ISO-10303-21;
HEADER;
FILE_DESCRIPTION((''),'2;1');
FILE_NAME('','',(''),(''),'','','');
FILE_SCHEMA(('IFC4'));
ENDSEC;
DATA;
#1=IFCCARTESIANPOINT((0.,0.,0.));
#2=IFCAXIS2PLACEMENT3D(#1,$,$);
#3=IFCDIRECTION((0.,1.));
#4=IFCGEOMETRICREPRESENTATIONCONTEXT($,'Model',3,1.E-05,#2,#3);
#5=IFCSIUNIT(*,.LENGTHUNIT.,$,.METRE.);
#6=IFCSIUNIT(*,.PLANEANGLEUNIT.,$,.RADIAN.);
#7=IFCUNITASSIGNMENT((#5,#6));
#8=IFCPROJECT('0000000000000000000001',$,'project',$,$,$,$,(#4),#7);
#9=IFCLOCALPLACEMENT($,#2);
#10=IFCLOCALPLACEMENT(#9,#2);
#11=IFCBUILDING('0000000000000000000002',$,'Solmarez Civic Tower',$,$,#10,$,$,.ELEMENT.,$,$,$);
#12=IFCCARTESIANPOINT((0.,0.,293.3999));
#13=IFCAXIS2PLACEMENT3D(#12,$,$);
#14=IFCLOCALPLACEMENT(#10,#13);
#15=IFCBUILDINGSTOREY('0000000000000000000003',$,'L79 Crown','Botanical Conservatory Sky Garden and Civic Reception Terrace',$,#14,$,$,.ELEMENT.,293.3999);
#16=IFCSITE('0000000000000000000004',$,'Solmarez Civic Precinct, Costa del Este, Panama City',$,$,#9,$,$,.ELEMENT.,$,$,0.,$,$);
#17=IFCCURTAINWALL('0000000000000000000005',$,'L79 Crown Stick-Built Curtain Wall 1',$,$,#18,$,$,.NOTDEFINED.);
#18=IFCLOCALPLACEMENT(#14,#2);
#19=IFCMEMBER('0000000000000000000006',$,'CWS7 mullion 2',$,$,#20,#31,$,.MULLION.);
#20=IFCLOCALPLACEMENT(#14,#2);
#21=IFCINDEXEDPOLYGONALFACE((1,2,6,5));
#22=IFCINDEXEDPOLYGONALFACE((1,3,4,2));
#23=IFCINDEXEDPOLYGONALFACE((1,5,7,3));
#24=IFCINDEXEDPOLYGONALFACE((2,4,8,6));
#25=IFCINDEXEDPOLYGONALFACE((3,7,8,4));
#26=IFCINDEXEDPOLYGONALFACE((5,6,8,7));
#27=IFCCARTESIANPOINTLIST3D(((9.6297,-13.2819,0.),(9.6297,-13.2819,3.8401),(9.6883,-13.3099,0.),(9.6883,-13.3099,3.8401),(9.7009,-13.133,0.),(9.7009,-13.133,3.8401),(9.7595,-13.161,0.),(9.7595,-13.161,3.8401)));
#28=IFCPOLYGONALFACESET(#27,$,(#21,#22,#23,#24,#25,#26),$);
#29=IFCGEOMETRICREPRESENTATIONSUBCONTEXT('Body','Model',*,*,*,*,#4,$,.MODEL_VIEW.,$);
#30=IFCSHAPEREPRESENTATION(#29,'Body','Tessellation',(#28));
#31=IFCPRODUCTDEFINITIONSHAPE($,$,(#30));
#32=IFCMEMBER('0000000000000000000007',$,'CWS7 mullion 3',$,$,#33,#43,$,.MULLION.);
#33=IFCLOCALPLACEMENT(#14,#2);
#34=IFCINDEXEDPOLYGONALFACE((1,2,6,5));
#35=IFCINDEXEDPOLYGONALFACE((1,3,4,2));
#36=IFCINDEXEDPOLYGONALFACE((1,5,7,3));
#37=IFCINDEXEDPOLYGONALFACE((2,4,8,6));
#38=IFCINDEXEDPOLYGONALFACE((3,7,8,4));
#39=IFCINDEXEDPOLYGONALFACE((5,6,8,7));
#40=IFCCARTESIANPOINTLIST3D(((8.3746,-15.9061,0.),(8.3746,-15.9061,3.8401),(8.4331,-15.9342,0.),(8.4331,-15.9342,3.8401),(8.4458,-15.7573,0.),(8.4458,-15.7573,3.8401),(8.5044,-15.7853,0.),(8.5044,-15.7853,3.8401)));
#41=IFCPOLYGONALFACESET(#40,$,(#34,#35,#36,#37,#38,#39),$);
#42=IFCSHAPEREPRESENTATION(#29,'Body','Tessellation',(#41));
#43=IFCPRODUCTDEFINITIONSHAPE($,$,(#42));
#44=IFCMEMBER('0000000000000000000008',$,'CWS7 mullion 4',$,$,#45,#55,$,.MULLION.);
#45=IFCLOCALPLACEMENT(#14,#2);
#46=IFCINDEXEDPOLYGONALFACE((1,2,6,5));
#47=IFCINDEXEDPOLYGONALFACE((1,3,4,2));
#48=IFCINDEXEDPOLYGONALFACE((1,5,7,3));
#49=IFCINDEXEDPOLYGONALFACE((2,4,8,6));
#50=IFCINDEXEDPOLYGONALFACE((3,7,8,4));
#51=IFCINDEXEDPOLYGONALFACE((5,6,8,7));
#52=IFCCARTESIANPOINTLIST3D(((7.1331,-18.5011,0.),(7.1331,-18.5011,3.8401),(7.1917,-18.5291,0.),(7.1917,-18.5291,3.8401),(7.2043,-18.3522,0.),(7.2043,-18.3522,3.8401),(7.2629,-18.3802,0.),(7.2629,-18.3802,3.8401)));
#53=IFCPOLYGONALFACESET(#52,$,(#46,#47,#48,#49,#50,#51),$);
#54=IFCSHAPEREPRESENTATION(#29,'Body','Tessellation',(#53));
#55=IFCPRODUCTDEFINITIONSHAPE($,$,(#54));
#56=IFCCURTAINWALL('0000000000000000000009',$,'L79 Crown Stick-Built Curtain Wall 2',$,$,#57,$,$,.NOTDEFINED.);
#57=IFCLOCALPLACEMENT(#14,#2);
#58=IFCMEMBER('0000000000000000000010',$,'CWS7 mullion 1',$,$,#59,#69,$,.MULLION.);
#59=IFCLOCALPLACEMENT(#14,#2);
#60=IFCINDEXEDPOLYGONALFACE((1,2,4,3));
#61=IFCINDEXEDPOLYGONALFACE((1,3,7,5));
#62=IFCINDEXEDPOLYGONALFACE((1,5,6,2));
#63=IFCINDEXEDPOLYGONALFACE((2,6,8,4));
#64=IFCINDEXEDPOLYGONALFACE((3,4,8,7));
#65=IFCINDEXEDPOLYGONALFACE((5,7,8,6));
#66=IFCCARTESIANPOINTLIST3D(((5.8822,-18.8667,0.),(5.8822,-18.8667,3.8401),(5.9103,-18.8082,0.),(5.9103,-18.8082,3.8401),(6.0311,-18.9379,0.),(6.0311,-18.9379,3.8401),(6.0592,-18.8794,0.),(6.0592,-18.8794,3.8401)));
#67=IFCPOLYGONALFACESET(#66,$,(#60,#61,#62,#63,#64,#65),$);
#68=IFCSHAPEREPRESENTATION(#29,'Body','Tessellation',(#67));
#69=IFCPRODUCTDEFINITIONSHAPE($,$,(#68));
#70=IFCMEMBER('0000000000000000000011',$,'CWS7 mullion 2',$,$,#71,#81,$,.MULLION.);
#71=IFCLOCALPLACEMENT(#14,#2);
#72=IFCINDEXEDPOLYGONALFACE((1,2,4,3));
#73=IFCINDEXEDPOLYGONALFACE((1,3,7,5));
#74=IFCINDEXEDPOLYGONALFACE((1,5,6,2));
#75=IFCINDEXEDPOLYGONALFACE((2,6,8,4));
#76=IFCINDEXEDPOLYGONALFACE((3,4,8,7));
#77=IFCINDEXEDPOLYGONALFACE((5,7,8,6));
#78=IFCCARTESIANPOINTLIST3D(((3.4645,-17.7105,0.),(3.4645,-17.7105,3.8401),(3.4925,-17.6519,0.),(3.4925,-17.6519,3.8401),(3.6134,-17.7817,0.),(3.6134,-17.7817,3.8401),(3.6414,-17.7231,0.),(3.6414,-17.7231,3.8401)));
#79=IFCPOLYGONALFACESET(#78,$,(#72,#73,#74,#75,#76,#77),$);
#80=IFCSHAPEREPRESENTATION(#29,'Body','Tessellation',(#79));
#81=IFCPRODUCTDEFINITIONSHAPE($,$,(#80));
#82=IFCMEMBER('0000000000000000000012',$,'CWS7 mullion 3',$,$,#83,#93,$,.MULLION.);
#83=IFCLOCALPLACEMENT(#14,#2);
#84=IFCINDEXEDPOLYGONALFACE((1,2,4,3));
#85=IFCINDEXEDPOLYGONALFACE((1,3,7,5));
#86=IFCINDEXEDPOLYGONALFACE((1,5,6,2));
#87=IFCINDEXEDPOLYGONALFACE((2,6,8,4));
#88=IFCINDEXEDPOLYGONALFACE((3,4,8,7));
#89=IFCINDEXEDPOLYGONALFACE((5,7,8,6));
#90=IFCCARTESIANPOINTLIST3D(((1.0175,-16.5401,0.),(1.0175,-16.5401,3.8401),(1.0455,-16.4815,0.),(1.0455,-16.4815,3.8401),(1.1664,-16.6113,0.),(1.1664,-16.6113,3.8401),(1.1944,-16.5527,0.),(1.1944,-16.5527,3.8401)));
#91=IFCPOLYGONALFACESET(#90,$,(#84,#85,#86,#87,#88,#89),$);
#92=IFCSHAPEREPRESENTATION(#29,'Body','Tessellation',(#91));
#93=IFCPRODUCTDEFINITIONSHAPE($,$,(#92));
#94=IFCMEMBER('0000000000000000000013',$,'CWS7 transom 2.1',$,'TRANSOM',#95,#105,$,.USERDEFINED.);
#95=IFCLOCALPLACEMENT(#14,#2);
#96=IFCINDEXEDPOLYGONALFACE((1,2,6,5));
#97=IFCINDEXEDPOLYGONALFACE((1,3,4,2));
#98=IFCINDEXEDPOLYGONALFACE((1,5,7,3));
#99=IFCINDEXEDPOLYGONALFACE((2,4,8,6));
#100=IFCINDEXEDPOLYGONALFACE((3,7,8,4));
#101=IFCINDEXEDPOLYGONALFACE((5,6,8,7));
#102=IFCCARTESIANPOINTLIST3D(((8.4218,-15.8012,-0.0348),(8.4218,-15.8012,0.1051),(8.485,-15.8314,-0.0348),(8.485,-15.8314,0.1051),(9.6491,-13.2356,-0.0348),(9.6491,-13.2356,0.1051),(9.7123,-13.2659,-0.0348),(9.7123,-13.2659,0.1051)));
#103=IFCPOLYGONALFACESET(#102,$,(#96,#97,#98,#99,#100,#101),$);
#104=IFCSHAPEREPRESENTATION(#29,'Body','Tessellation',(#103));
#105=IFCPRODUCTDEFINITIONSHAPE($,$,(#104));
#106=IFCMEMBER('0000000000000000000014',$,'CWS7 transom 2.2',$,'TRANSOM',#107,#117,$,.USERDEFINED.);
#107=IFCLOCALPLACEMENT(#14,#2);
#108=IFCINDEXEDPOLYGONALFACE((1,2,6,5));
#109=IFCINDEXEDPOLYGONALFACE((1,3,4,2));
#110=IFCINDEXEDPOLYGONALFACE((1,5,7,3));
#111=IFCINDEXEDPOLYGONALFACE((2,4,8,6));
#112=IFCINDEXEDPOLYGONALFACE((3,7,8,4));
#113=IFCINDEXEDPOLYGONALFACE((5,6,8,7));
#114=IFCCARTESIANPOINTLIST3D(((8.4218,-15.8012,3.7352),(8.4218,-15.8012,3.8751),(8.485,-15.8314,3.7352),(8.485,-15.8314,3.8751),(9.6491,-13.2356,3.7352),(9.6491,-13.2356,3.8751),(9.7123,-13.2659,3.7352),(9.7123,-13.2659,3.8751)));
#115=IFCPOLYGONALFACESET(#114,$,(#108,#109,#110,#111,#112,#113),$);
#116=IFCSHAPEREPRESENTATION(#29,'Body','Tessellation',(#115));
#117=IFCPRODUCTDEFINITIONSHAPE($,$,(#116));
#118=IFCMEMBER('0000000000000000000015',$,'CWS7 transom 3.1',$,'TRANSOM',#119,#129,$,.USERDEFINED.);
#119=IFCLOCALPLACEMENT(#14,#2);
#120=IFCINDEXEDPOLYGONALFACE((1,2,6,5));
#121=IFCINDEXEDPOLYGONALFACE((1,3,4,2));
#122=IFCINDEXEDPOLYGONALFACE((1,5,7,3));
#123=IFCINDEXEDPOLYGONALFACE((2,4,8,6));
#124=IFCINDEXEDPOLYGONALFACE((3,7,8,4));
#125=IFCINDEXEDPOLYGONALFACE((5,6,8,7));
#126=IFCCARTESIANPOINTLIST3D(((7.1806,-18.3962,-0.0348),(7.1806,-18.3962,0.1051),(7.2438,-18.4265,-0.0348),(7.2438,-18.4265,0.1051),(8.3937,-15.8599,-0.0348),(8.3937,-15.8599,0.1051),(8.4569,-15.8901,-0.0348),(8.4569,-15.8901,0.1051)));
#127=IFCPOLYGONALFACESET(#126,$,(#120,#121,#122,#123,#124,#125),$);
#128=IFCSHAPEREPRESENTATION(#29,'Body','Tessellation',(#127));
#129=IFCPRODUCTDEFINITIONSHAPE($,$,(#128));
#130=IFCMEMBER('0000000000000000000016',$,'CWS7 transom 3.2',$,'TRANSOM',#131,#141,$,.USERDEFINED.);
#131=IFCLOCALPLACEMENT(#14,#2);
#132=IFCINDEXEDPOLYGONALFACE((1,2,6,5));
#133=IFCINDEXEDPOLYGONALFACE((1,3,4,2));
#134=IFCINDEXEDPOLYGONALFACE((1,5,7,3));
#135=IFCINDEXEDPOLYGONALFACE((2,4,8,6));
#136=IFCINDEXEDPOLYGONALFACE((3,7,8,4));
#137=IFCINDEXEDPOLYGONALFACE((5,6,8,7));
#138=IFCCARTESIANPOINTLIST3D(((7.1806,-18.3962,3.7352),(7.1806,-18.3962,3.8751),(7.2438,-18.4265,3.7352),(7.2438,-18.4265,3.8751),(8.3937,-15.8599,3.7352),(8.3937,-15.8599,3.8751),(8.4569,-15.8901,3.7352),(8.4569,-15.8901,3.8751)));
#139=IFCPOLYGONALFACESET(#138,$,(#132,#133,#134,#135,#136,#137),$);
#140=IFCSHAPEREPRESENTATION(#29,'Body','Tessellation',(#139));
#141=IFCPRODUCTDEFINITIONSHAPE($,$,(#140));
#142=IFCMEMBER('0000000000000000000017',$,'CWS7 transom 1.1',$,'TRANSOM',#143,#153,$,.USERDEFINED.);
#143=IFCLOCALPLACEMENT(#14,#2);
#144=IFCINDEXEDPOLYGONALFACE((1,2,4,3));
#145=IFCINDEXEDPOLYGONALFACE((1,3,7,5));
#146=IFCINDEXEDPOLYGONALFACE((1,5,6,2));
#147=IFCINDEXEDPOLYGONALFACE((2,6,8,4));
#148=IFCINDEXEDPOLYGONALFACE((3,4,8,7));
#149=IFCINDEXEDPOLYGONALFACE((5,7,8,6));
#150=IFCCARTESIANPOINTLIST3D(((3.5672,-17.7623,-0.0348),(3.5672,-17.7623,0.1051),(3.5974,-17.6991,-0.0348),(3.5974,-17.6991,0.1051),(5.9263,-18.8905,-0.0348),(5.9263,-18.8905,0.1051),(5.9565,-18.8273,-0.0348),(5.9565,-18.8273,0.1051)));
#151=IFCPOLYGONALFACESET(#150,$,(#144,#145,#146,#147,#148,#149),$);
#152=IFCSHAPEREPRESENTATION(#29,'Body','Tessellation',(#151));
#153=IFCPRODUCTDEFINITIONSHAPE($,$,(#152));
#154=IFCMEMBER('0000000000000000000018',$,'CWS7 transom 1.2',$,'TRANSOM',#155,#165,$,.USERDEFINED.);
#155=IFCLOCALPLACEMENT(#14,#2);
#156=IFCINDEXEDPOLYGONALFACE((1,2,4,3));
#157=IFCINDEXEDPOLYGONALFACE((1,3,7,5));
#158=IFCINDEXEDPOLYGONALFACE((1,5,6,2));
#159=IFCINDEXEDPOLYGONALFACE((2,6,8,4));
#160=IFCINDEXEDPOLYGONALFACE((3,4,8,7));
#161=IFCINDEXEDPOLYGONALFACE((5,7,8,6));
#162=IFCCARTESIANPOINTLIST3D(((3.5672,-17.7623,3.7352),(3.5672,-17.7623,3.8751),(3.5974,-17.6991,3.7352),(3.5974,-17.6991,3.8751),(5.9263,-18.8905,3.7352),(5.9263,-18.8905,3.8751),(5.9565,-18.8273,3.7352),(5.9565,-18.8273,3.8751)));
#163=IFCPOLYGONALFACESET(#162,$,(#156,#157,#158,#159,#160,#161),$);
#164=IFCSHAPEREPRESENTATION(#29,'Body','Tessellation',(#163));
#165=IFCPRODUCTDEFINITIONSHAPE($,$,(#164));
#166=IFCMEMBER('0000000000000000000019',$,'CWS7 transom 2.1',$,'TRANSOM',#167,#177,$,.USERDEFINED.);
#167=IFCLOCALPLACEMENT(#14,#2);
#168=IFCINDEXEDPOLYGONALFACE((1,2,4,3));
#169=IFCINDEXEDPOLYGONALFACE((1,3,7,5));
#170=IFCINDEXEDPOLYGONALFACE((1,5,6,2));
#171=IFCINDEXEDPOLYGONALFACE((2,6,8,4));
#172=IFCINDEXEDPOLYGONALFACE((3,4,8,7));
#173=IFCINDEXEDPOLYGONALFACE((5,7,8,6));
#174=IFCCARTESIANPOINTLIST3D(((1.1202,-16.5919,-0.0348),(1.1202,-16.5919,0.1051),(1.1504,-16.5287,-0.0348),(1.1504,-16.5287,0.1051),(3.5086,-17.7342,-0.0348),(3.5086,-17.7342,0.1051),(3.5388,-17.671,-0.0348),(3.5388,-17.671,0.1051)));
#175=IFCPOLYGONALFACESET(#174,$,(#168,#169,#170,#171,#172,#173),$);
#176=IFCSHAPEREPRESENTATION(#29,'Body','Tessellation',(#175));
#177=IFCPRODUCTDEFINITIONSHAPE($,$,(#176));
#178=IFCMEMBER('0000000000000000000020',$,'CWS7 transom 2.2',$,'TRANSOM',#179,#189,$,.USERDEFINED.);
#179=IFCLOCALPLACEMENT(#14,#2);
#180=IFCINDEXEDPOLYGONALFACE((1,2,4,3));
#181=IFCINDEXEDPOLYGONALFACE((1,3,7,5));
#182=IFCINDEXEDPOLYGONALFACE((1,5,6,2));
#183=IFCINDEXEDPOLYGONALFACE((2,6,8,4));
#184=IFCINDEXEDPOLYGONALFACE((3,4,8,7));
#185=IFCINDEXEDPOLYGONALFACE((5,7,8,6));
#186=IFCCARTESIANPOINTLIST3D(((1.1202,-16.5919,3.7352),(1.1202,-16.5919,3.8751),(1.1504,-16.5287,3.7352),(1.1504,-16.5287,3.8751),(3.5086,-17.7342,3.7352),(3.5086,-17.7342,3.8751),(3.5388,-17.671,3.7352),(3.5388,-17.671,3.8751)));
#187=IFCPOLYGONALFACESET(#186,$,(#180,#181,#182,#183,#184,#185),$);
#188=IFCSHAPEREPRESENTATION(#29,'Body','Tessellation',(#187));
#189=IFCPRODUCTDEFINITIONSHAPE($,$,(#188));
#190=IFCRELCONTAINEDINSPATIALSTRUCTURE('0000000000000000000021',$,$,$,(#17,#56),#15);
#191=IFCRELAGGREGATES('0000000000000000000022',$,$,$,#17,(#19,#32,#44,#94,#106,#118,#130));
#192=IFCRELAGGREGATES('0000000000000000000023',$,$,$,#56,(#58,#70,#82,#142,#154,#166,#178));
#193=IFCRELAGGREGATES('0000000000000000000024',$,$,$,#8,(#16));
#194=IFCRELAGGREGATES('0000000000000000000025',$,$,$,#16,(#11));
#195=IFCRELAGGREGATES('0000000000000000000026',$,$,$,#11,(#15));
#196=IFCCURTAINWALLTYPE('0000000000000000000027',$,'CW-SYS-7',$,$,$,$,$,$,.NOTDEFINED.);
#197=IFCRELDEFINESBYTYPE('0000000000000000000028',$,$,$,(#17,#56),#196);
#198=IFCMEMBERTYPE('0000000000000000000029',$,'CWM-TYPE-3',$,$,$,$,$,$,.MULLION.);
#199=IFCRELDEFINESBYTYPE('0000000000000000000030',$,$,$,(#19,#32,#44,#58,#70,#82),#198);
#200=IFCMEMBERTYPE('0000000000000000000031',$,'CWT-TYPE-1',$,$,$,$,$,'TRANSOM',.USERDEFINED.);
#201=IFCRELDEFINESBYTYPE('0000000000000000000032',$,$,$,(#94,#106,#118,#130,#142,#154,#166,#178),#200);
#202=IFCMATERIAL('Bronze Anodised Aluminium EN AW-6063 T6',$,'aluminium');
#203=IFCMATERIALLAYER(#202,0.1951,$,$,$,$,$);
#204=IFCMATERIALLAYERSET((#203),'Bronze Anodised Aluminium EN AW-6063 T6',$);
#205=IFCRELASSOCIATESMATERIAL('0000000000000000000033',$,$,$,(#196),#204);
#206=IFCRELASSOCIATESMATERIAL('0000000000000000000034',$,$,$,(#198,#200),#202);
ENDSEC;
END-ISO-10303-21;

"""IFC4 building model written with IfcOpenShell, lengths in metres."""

from ifc_helpers import new_model, si_unit, direction, frame, origin, origin_2d, place, context, subcontext, project, spatial, rectangle, extrude, material, layer, layer_set, material_profile, profile_set, type_object, element, aggregate, save


model = new_model("IFC4")

# Units and contexts
model_context = context("Model", 3, precision=1e-05, world=origin(), true_north=direction((0.0, 1.0)))
body_context = subcontext(model_context, "Body", "Model", "MODEL_VIEW")
ifc_project = project(units=[si_unit("LENGTHUNIT", "METRE"), si_unit("PLANEANGLEUNIT", "RADIAN")], contexts=[model_context])

# Site, building, storey
site_placement = place(None, origin())
site = spatial("IfcSite", under=ifc_project, at=site_placement, Name="Solmarez Civic Precinct, Costa del Este, Panama City", CompositionType="ELEMENT", RefElevation=0.0)
building_placement = place(site_placement, origin())
building = spatial("IfcBuilding", under=site, at=building_placement, Name="Solmarez Civic Tower", CompositionType="ELEMENT")
storey_placement = place(building_placement, frame((0.0, 0.0, 293.3999)))
storey = spatial("IfcBuildingStorey", under=building, at=storey_placement, Name="L79 Crown", Description="Botanical Conservatory Sky Garden and Civic Reception Terrace", CompositionType="ELEMENT", Elevation=293.3999)

# Curtain walls, members
ifc_material_1 = material(Name="Bronze Anodised Aluminium EN AW-6063 T6", Category="aluminium")
ifc_layer_1 = layer(ifc_material_1, 0.1951)
ifc_layer_set_1 = layer_set([ifc_layer_1], Name="Bronze Anodised Aluminium EN AW-6063 T6")
curtain_wall_type = type_object("IfcCurtainWallType", Name="CW-SYS-7", PredefinedType="NOTDEFINED", material=ifc_layer_set_1)
curtain_wall_1_placement = place(storey_placement, origin())
curtain_wall_1 = element("IfcCurtainWall", 1, at=curtain_wall_1_placement, inside=storey, type_object=curtain_wall_type, Name="L79 Crown Stick-Built Curtain Wall 1", PredefinedType="NOTDEFINED")
ifc_material_profile_1 = material_profile(ifc_material_1, rectangle(XDim=0.0649, YDim=0.165, at=origin_2d()), Name="CWM-65X165")
ifc_profile_set_1 = profile_set([ifc_material_profile_1], Name="Bronze Anodised Aluminium EN AW-6063 T6")
member_type_1 = type_object("IfcMemberType", Name="CWM-TYPE-3", PredefinedType="MULLION", material=ifc_profile_set_1)
member_1_placement = place(storey_placement, frame((9.6946, -13.2214, 0.0), z_axis=(0.0, 0.0, 1.0), x_axis=(0.902105, -0.431516, 0.0)))
member_1 = element("IfcMember", 2, at=member_1_placement, type_object=member_type_1, Name="CWS7 mullion 2", PredefinedType="MULLION", context=body_context, shape_type="SweptSolid", body=[
    extrude(rectangle(XDim=0.0649, YDim=0.165, at=origin_2d()), origin(), (0.0, 0.0, 1.0), 3.8401),
])
member_2_placement = place(storey_placement, frame((8.4395, -15.8457, 0.0), z_axis=(0.0, 0.0, 1.0), x_axis=(0.902105, -0.431516, 0.0)))
member_2 = element("IfcMember", 3, at=member_2_placement, type_object=member_type_1, Name="CWS7 mullion 3", PredefinedType="MULLION", context=body_context, shape_type="SweptSolid", body=[
    extrude(rectangle(XDim=0.0649, YDim=0.165, at=origin_2d()), origin(), (0.0, 0.0, 1.0), 3.8401),
])
member_3_placement = place(storey_placement, frame((7.198, -18.4407, 0.0), z_axis=(0.0, 0.0, 1.0), x_axis=(0.902105, -0.431516, 0.0)))
member_3 = element("IfcMember", 4, at=member_3_placement, type_object=member_type_1, Name="CWS7 mullion 4", PredefinedType="MULLION", context=body_context, shape_type="SweptSolid", body=[
    extrude(rectangle(XDim=0.0649, YDim=0.165, at=origin_2d()), origin(), (0.0, 0.0, 1.0), 3.8401),
])
curtain_wall_2_placement = place(storey_placement, origin())
curtain_wall_2 = element("IfcCurtainWall", 5, at=curtain_wall_2_placement, inside=storey, type_object=curtain_wall_type, Name="L79 Crown Stick-Built Curtain Wall 2", PredefinedType="NOTDEFINED")
member_4_placement = place(storey_placement, frame((5.9707, -18.873, 0.0), z_axis=(0.0, 0.0, 1.0), x_axis=(-0.431454, -0.902135, 0.0)))
member_4 = element("IfcMember", 6, at=member_4_placement, type_object=member_type_1, Name="CWS7 mullion 1", PredefinedType="MULLION", context=body_context, shape_type="SweptSolid", body=[
    extrude(rectangle(XDim=0.0649, YDim=0.165, at=origin_2d()), origin(), (0.0, 0.0, 1.0), 3.8401),
])
member_5_placement = place(storey_placement, frame((3.553, -17.7168, 0.0), z_axis=(0.0, 0.0, 1.0), x_axis=(-0.431454, -0.902135, 0.0)))
member_5 = element("IfcMember", 7, at=member_5_placement, type_object=member_type_1, Name="CWS7 mullion 2", PredefinedType="MULLION", context=body_context, shape_type="SweptSolid", body=[
    extrude(rectangle(XDim=0.0649, YDim=0.165, at=origin_2d()), origin(), (0.0, 0.0, 1.0), 3.8401),
])
member_6_placement = place(storey_placement, frame((1.106, -16.5464, 0.0), z_axis=(0.0, 0.0, 1.0), x_axis=(-0.431454, -0.902135, 0.0)))
member_6 = element("IfcMember", 8, at=member_6_placement, type_object=member_type_1, Name="CWS7 mullion 3", PredefinedType="MULLION", context=body_context, shape_type="SweptSolid", body=[
    extrude(rectangle(XDim=0.0649, YDim=0.165, at=origin_2d()), origin(), (0.0, 0.0, 1.0), 3.8401),
])

# Members
ifc_material_profile_2 = material_profile(ifc_material_1, rectangle(XDim=0.0701, YDim=0.1399, at=origin_2d()), Name="CWT-70X140")
ifc_profile_set_2 = profile_set([ifc_material_profile_2], Name="Bronze Anodised Aluminium EN AW-6063 T6")
member_type_2 = type_object("IfcMemberType", Name="CWT-TYPE-1", ElementType="TRANSOM", PredefinedType="USERDEFINED", material=ifc_profile_set_2)
member_7_placement = place(storey_placement, frame((9.6807, -13.2507, 0.0352), z_axis=(-0.431522, -0.902102, 0.0), x_axis=(0.902102, -0.431522, 0.0)))
member_7 = element("IfcMember", 9, at=member_7_placement, type_object=member_type_2, Name="CWS7 transom 2.1", ObjectType="TRANSOM", PredefinedType="USERDEFINED", context=body_context, shape_type="SweptSolid", body=[
    extrude(rectangle(XDim=0.0701, YDim=0.1399, at=origin_2d()), origin(), (0.0, 0.0, 1.0), 2.844),
])
member_8_placement = place(storey_placement, frame((9.6807, -13.2507, 3.8052), z_axis=(-0.431522, -0.902102, 0.0), x_axis=(0.902102, -0.431522, 0.0)))
member_8 = element("IfcMember", 10, at=member_8_placement, type_object=member_type_2, Name="CWS7 transom 2.2", ObjectType="TRANSOM", PredefinedType="USERDEFINED", context=body_context, shape_type="SweptSolid", body=[
    extrude(rectangle(XDim=0.0701, YDim=0.1399, at=origin_2d()), origin(), (0.0, 0.0, 1.0), 2.844),
])
member_9_placement = place(storey_placement, frame((8.4253, -15.875, 0.0352), z_axis=(-0.43148, -0.902122, 0.0), x_axis=(0.902122, -0.43148, 0.0)))
member_9 = element("IfcMember", 11, at=member_9_placement, type_object=member_type_2, Name="CWS7 transom 3.1", ObjectType="TRANSOM", PredefinedType="USERDEFINED", context=body_context, shape_type="SweptSolid", body=[
    extrude(rectangle(XDim=0.0701, YDim=0.1399, at=origin_2d()), origin(), (0.0, 0.0, 1.0), 2.8115),
])
member_10_placement = place(storey_placement, frame((8.4253, -15.875, 3.8052), z_axis=(-0.43148, -0.902122, 0.0), x_axis=(0.902122, -0.43148, 0.0)))
member_10 = element("IfcMember", 12, at=member_10_placement, type_object=member_type_2, Name="CWS7 transom 3.2", ObjectType="TRANSOM", PredefinedType="USERDEFINED", context=body_context, shape_type="SweptSolid", body=[
    extrude(rectangle(XDim=0.0701, YDim=0.1399, at=origin_2d()), origin(), (0.0, 0.0, 1.0), 2.8115),
])
member_11_placement = place(storey_placement, frame((5.9414, -18.8589, 0.0352), z_axis=(-0.90215, 0.431422, 0.0), x_axis=(-0.431422, -0.90215, 0.0)))
member_11 = element("IfcMember", 13, at=member_11_placement, type_object=member_type_2, Name="CWS7 transom 1.1", ObjectType="TRANSOM", PredefinedType="USERDEFINED", context=body_context, shape_type="SweptSolid", body=[
    extrude(rectangle(XDim=0.0701, YDim=0.1399, at=origin_2d()), origin(), (0.0, 0.0, 1.0), 2.615),
])
member_12_placement = place(storey_placement, frame((5.9414, -18.8589, 3.8052), z_axis=(-0.90215, 0.431422, 0.0), x_axis=(-0.431422, -0.90215, 0.0)))
member_12 = element("IfcMember", 14, at=member_12_placement, type_object=member_type_2, Name="CWS7 transom 1.2", ObjectType="TRANSOM", PredefinedType="USERDEFINED", context=body_context, shape_type="SweptSolid", body=[
    extrude(rectangle(XDim=0.0701, YDim=0.1399, at=origin_2d()), origin(), (0.0, 0.0, 1.0), 2.615),
])
member_13_placement = place(storey_placement, frame((3.5237, -17.7026, 0.0352), z_axis=(-0.902128, 0.431469, 0.0), x_axis=(-0.431469, -0.902128, 0.0)))
member_13 = element("IfcMember", 15, at=member_13_placement, type_object=member_type_2, Name="CWS7 transom 2.1", ObjectType="TRANSOM", PredefinedType="USERDEFINED", context=body_context, shape_type="SweptSolid", body=[
    extrude(rectangle(XDim=0.0701, YDim=0.1399, at=origin_2d()), origin(), (0.0, 0.0, 1.0), 2.6475),
])
member_14_placement = place(storey_placement, frame((3.5237, -17.7026, 3.8052), z_axis=(-0.902128, 0.431469, 0.0), x_axis=(-0.431469, -0.902128, 0.0)))
member_14 = element("IfcMember", 16, at=member_14_placement, type_object=member_type_2, Name="CWS7 transom 2.2", ObjectType="TRANSOM", PredefinedType="USERDEFINED", context=body_context, shape_type="SweptSolid", body=[
    extrude(rectangle(XDim=0.0701, YDim=0.1399, at=origin_2d()), origin(), (0.0, 0.0, 1.0), 2.6475),
])

aggregate(curtain_wall_1, [member_1, member_2, member_3, member_7, member_8, member_9, member_10])
aggregate(curtain_wall_2, [member_4, member_5, member_6, member_11, member_12, member_13, member_14])

save(model, "model.ifc")
